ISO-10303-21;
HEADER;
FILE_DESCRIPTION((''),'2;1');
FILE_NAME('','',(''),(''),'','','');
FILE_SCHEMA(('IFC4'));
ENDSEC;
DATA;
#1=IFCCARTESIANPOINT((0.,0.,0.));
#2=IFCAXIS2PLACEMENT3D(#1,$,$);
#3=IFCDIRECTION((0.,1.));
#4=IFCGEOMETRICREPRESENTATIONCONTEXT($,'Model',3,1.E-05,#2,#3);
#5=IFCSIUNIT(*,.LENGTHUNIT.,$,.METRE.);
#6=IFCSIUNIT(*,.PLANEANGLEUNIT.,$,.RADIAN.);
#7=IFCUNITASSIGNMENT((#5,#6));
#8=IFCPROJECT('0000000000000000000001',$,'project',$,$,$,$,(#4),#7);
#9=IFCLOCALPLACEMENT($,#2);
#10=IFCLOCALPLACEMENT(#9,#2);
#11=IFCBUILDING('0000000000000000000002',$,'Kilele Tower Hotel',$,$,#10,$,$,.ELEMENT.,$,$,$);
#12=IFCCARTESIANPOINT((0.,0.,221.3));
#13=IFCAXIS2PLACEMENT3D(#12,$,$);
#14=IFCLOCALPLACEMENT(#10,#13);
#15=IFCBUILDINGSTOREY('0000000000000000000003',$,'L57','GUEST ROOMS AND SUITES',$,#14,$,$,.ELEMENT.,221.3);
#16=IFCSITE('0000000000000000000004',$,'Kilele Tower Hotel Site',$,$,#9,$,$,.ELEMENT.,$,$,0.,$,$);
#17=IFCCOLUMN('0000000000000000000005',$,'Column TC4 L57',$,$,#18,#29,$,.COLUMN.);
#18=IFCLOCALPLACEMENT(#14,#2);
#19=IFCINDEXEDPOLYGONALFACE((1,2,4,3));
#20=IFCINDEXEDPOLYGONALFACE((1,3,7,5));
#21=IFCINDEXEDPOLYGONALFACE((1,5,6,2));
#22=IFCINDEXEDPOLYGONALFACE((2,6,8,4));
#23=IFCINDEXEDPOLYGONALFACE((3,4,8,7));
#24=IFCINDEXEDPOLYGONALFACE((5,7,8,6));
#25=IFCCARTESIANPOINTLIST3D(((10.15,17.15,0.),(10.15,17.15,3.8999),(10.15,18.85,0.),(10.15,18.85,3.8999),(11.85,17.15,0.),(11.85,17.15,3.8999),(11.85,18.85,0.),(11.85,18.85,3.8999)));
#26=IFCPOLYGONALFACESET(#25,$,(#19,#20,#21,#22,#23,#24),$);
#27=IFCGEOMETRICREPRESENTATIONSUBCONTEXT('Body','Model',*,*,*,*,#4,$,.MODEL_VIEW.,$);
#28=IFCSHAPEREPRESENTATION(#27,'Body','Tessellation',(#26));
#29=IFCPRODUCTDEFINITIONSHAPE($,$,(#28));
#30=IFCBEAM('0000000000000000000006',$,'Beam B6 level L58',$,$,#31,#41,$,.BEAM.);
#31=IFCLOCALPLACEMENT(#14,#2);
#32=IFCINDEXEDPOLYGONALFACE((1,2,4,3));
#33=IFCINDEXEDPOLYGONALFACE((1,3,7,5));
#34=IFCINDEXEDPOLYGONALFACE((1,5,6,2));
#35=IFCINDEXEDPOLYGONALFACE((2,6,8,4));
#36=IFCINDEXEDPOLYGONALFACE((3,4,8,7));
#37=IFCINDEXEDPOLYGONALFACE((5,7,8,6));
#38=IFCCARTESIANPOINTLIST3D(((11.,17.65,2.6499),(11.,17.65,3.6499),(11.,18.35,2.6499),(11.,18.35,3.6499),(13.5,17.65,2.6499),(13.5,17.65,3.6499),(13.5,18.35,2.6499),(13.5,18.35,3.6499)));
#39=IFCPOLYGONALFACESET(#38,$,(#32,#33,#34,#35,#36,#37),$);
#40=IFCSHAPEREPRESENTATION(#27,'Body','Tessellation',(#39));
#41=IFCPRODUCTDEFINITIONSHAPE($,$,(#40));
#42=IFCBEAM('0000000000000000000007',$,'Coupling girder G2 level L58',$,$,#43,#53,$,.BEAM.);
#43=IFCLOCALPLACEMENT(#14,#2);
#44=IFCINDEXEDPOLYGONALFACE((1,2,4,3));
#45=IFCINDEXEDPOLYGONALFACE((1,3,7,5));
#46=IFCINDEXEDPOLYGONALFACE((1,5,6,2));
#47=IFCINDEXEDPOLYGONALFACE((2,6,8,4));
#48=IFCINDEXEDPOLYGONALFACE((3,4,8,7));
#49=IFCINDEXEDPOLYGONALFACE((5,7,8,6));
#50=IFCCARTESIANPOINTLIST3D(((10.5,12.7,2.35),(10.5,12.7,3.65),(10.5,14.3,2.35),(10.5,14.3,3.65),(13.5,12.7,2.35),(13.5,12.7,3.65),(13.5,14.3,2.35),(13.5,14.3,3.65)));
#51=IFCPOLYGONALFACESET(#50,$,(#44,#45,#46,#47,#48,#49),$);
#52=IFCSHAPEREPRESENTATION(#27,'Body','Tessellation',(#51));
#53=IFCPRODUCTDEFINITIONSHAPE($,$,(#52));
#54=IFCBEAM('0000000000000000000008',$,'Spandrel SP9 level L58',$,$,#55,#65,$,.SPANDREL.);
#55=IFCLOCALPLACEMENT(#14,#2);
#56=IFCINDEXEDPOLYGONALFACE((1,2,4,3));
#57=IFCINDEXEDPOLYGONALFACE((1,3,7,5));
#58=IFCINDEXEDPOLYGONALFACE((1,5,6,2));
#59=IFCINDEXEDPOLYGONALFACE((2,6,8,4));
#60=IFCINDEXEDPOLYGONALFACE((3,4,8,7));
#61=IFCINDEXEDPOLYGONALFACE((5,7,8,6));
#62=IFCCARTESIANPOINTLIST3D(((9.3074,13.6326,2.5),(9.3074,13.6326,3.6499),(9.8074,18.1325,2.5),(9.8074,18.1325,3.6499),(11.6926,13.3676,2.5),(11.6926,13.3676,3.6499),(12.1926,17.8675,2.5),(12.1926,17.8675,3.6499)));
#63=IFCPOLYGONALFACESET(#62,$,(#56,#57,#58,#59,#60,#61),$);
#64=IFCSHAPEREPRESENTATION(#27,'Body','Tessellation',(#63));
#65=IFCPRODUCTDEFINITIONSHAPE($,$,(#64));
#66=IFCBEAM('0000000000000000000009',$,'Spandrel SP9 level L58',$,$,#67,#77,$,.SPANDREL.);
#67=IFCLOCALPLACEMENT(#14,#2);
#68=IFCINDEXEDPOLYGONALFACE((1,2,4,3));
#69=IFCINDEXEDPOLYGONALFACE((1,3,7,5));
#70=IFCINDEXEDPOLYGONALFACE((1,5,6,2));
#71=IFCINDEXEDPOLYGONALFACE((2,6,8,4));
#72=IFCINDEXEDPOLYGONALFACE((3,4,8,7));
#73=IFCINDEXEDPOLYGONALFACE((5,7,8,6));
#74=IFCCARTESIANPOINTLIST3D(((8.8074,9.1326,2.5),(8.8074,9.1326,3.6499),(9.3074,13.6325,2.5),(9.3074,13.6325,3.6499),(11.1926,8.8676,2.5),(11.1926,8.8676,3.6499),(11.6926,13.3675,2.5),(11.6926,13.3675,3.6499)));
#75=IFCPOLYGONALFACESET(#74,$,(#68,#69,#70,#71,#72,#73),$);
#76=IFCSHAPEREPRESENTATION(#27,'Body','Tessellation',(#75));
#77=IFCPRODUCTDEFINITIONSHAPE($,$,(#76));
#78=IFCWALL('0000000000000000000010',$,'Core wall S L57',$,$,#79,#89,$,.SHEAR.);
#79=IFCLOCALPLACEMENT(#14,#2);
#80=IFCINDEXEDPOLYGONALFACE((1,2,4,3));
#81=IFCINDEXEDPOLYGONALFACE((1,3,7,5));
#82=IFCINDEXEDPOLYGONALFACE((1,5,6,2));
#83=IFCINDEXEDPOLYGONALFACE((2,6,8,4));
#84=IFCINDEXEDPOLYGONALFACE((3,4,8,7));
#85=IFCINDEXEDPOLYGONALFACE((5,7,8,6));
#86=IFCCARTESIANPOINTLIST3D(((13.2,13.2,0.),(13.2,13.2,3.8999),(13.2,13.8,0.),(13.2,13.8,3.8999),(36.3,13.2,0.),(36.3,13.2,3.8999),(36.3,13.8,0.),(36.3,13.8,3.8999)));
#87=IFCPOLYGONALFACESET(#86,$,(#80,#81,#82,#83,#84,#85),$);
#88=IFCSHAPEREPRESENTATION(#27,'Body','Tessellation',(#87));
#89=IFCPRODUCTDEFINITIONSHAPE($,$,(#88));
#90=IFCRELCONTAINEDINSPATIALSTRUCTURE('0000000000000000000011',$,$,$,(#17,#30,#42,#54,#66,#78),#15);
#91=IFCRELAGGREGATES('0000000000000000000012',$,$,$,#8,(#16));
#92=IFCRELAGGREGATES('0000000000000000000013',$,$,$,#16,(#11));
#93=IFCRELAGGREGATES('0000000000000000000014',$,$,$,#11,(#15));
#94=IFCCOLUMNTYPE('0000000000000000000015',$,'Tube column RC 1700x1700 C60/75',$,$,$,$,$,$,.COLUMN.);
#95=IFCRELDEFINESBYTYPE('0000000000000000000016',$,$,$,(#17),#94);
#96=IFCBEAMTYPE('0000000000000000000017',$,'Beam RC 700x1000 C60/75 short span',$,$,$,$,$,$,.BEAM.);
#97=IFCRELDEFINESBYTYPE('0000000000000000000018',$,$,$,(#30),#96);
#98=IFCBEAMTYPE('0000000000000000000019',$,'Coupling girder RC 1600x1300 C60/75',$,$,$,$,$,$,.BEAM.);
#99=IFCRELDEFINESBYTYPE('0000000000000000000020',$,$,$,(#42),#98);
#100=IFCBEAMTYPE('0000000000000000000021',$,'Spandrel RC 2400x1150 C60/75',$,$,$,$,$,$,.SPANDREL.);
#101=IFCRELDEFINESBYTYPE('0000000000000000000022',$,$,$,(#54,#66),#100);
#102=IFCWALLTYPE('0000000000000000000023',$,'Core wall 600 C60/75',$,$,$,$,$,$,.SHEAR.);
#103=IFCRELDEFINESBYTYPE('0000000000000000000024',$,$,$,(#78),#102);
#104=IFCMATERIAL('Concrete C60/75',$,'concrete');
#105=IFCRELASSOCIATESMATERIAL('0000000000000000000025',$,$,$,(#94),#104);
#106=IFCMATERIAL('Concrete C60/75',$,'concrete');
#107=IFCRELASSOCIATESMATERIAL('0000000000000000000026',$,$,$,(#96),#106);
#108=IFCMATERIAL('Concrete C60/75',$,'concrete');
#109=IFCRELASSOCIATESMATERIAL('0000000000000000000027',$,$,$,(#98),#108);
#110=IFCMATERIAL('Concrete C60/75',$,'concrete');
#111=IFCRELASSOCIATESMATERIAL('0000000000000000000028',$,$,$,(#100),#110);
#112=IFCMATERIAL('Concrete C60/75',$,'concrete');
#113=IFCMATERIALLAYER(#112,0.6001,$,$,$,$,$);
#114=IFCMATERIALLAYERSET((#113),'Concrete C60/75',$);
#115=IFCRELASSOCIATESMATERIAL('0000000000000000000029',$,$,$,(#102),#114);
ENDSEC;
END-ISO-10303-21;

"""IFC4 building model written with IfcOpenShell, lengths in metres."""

from ifc_helpers import new_model, si_unit, direction, frame, frame_2d, origin, origin_2d, place, context, subcontext, project, spatial, rectangle, extrude, material, layer, layer_set, material_profile, profile_set, type_object, element, save


model = new_model("IFC4")

# Units and contexts
model_context = context("Model", 3, precision=1e-05, world=origin(), true_north=direction((0.0, 1.0)))
body_context = subcontext(model_context, "Body", "Model", "MODEL_VIEW")
ifc_project = project(units=[si_unit("LENGTHUNIT", "METRE"), si_unit("PLANEANGLEUNIT", "RADIAN")], contexts=[model_context])

# Site, building, storey
site_placement = place(None, origin())
site = spatial("IfcSite", under=ifc_project, at=site_placement, Name="Kilele Tower Hotel Site", CompositionType="ELEMENT", RefElevation=0.0)
building_placement = place(site_placement, origin())
building = spatial("IfcBuilding", under=site, at=building_placement, Name="Kilele Tower Hotel", CompositionType="ELEMENT")
storey_placement = place(building_placement, frame((0.0, 0.0, 221.3)))
storey = spatial("IfcBuildingStorey", under=building, at=storey_placement, Name="L57", Description="GUEST ROOMS AND SUITES", CompositionType="ELEMENT", Elevation=221.3)

# Column
ifc_material_1 = material(Name="Concrete C60/75", Category="concrete")
ifc_material_profile_1 = material_profile(ifc_material_1, rectangle(XDim=1.7, YDim=1.7, at=origin_2d()))
ifc_profile_set_1 = profile_set([ifc_material_profile_1], Name="Concrete C60/75")
column_type = type_object("IfcColumnType", Name="Tube column RC 1700x1700 C60/75", PredefinedType="COLUMN", material=ifc_profile_set_1)
column_placement = place(storey_placement, frame((11.0, 18.0, 0.0), z_axis=(0.0, 0.0, 1.0), x_axis=(1.0, 0.0, 0.0)))
element("IfcColumn", 1, at=column_placement, inside=storey, type_object=column_type, Name="Column TC4 L57", PredefinedType="COLUMN", context=body_context, shape_type="SweptSolid", body=[
    extrude(rectangle(XDim=1.7, YDim=1.7, at=origin_2d()), origin(), (0.0, 0.0, 1.0), 3.8999),
])

# Beams
ifc_material_2 = material(Name="Concrete C60/75", Category="concrete")
ifc_material_profile_2 = material_profile(ifc_material_2, rectangle(XDim=0.7, YDim=1.0, at=origin_2d()))
ifc_profile_set_2 = profile_set([ifc_material_profile_2], Name="Concrete C60/75")
beam_type_1 = type_object("IfcBeamType", Name="Beam RC 700x1000 C60/75 short span", PredefinedType="BEAM", material=ifc_profile_set_2)
beam_1_placement = place(storey_placement, frame((11.0, 18.0, 3.1499), z_axis=(1.0, 0.0, 0.0), x_axis=(0.0, 1.0, 0.0)))
element("IfcBeam", 2, at=beam_1_placement, inside=storey, type_object=beam_type_1, Name="Beam B6 level L58", PredefinedType="BEAM", context=body_context, shape_type="SweptSolid", body=[
    extrude(rectangle(XDim=0.7, YDim=1.0, at=origin_2d()), origin(), (0.0, 0.0, 1.0), 2.5),
])
ifc_material_3 = material(Name="Concrete C60/75", Category="concrete")
ifc_material_profile_3 = material_profile(ifc_material_3, rectangle(XDim=1.6001, YDim=1.3, at=origin_2d()))
ifc_profile_set_3 = profile_set([ifc_material_profile_3], Name="Concrete C60/75")
beam_type_2 = type_object("IfcBeamType", Name="Coupling girder RC 1600x1300 C60/75", PredefinedType="BEAM", material=ifc_profile_set_3)
beam_2_placement = place(storey_placement, frame((10.5, 13.5, 3.0), z_axis=(1.0, 0.0, 0.0), x_axis=(0.0, 1.0, 0.0)))
element("IfcBeam", 3, at=beam_2_placement, inside=storey, type_object=beam_type_2, Name="Coupling girder G2 level L58", PredefinedType="BEAM", context=body_context, shape_type="SweptSolid", body=[
    extrude(rectangle(XDim=1.6001, YDim=1.3, at=origin_2d()), origin(), (0.0, 0.0, 1.0), 3.0),
])
ifc_material_4 = material(Name="Concrete C60/75", Category="concrete")
ifc_material_profile_4 = material_profile(ifc_material_4, rectangle(XDim=2.3999, YDim=1.1499, at=origin_2d()))
ifc_profile_set_4 = profile_set([ifc_material_profile_4], Name="Concrete C60/75")
beam_type_3 = type_object("IfcBeamType", Name="Spandrel RC 2400x1150 C60/75", PredefinedType="SPANDREL", material=ifc_profile_set_4)
for number, where, z_axis, x_axis, name in (
    (4, (11.0, 18.0, 3.075), (-0.110432, -0.993884, 0.0), (0.993884, -0.110432, 0.0), "Spandrel SP9 level L58"),
    (5, (10.5, 13.5, 3.075), (-0.110432, -0.993884, 0.0), (0.993884, -0.110432, 0.0), "Spandrel SP9 level L58"),
):
    element("IfcBeam", number, at=place(storey_placement, frame(where, z_axis=z_axis, x_axis=x_axis)), inside=storey, type_object=beam_type_3, Name=name, PredefinedType="SPANDREL", context=body_context, shape_type="SweptSolid", body=[
        extrude(rectangle(XDim=2.3999, YDim=1.1499, at=origin_2d()), origin(), (0.0, 0.0, 1.0), 4.5276),
    ])

# Wall
ifc_material_5 = material(Name="Concrete C60/75", Category="concrete")
ifc_layer = layer(ifc_material_5, 0.6001)
ifc_layer_set = layer_set([ifc_layer], Name="Concrete C60/75")
wall_type = type_object("IfcWallType", Name="Core wall 600 C60/75", PredefinedType="SHEAR", material=ifc_layer_set)
wall_placement = place(storey_placement, frame((13.2, 13.5, 0.0), z_axis=(0.0, 0.0, 1.0), x_axis=(1.0, 0.0, 0.0)))
element("IfcWall", 6, at=wall_placement, inside=storey, type_object=wall_type, Name="Core wall S L57", PredefinedType="SHEAR", context=body_context, shape_type="SweptSolid", body=[
    extrude(rectangle(XDim=23.1001, YDim=0.6001, at=frame_2d((11.55, 0.0))), origin(), (0.0, 0.0, 1.0), 3.8999),
])

save(model, "model.ifc")
